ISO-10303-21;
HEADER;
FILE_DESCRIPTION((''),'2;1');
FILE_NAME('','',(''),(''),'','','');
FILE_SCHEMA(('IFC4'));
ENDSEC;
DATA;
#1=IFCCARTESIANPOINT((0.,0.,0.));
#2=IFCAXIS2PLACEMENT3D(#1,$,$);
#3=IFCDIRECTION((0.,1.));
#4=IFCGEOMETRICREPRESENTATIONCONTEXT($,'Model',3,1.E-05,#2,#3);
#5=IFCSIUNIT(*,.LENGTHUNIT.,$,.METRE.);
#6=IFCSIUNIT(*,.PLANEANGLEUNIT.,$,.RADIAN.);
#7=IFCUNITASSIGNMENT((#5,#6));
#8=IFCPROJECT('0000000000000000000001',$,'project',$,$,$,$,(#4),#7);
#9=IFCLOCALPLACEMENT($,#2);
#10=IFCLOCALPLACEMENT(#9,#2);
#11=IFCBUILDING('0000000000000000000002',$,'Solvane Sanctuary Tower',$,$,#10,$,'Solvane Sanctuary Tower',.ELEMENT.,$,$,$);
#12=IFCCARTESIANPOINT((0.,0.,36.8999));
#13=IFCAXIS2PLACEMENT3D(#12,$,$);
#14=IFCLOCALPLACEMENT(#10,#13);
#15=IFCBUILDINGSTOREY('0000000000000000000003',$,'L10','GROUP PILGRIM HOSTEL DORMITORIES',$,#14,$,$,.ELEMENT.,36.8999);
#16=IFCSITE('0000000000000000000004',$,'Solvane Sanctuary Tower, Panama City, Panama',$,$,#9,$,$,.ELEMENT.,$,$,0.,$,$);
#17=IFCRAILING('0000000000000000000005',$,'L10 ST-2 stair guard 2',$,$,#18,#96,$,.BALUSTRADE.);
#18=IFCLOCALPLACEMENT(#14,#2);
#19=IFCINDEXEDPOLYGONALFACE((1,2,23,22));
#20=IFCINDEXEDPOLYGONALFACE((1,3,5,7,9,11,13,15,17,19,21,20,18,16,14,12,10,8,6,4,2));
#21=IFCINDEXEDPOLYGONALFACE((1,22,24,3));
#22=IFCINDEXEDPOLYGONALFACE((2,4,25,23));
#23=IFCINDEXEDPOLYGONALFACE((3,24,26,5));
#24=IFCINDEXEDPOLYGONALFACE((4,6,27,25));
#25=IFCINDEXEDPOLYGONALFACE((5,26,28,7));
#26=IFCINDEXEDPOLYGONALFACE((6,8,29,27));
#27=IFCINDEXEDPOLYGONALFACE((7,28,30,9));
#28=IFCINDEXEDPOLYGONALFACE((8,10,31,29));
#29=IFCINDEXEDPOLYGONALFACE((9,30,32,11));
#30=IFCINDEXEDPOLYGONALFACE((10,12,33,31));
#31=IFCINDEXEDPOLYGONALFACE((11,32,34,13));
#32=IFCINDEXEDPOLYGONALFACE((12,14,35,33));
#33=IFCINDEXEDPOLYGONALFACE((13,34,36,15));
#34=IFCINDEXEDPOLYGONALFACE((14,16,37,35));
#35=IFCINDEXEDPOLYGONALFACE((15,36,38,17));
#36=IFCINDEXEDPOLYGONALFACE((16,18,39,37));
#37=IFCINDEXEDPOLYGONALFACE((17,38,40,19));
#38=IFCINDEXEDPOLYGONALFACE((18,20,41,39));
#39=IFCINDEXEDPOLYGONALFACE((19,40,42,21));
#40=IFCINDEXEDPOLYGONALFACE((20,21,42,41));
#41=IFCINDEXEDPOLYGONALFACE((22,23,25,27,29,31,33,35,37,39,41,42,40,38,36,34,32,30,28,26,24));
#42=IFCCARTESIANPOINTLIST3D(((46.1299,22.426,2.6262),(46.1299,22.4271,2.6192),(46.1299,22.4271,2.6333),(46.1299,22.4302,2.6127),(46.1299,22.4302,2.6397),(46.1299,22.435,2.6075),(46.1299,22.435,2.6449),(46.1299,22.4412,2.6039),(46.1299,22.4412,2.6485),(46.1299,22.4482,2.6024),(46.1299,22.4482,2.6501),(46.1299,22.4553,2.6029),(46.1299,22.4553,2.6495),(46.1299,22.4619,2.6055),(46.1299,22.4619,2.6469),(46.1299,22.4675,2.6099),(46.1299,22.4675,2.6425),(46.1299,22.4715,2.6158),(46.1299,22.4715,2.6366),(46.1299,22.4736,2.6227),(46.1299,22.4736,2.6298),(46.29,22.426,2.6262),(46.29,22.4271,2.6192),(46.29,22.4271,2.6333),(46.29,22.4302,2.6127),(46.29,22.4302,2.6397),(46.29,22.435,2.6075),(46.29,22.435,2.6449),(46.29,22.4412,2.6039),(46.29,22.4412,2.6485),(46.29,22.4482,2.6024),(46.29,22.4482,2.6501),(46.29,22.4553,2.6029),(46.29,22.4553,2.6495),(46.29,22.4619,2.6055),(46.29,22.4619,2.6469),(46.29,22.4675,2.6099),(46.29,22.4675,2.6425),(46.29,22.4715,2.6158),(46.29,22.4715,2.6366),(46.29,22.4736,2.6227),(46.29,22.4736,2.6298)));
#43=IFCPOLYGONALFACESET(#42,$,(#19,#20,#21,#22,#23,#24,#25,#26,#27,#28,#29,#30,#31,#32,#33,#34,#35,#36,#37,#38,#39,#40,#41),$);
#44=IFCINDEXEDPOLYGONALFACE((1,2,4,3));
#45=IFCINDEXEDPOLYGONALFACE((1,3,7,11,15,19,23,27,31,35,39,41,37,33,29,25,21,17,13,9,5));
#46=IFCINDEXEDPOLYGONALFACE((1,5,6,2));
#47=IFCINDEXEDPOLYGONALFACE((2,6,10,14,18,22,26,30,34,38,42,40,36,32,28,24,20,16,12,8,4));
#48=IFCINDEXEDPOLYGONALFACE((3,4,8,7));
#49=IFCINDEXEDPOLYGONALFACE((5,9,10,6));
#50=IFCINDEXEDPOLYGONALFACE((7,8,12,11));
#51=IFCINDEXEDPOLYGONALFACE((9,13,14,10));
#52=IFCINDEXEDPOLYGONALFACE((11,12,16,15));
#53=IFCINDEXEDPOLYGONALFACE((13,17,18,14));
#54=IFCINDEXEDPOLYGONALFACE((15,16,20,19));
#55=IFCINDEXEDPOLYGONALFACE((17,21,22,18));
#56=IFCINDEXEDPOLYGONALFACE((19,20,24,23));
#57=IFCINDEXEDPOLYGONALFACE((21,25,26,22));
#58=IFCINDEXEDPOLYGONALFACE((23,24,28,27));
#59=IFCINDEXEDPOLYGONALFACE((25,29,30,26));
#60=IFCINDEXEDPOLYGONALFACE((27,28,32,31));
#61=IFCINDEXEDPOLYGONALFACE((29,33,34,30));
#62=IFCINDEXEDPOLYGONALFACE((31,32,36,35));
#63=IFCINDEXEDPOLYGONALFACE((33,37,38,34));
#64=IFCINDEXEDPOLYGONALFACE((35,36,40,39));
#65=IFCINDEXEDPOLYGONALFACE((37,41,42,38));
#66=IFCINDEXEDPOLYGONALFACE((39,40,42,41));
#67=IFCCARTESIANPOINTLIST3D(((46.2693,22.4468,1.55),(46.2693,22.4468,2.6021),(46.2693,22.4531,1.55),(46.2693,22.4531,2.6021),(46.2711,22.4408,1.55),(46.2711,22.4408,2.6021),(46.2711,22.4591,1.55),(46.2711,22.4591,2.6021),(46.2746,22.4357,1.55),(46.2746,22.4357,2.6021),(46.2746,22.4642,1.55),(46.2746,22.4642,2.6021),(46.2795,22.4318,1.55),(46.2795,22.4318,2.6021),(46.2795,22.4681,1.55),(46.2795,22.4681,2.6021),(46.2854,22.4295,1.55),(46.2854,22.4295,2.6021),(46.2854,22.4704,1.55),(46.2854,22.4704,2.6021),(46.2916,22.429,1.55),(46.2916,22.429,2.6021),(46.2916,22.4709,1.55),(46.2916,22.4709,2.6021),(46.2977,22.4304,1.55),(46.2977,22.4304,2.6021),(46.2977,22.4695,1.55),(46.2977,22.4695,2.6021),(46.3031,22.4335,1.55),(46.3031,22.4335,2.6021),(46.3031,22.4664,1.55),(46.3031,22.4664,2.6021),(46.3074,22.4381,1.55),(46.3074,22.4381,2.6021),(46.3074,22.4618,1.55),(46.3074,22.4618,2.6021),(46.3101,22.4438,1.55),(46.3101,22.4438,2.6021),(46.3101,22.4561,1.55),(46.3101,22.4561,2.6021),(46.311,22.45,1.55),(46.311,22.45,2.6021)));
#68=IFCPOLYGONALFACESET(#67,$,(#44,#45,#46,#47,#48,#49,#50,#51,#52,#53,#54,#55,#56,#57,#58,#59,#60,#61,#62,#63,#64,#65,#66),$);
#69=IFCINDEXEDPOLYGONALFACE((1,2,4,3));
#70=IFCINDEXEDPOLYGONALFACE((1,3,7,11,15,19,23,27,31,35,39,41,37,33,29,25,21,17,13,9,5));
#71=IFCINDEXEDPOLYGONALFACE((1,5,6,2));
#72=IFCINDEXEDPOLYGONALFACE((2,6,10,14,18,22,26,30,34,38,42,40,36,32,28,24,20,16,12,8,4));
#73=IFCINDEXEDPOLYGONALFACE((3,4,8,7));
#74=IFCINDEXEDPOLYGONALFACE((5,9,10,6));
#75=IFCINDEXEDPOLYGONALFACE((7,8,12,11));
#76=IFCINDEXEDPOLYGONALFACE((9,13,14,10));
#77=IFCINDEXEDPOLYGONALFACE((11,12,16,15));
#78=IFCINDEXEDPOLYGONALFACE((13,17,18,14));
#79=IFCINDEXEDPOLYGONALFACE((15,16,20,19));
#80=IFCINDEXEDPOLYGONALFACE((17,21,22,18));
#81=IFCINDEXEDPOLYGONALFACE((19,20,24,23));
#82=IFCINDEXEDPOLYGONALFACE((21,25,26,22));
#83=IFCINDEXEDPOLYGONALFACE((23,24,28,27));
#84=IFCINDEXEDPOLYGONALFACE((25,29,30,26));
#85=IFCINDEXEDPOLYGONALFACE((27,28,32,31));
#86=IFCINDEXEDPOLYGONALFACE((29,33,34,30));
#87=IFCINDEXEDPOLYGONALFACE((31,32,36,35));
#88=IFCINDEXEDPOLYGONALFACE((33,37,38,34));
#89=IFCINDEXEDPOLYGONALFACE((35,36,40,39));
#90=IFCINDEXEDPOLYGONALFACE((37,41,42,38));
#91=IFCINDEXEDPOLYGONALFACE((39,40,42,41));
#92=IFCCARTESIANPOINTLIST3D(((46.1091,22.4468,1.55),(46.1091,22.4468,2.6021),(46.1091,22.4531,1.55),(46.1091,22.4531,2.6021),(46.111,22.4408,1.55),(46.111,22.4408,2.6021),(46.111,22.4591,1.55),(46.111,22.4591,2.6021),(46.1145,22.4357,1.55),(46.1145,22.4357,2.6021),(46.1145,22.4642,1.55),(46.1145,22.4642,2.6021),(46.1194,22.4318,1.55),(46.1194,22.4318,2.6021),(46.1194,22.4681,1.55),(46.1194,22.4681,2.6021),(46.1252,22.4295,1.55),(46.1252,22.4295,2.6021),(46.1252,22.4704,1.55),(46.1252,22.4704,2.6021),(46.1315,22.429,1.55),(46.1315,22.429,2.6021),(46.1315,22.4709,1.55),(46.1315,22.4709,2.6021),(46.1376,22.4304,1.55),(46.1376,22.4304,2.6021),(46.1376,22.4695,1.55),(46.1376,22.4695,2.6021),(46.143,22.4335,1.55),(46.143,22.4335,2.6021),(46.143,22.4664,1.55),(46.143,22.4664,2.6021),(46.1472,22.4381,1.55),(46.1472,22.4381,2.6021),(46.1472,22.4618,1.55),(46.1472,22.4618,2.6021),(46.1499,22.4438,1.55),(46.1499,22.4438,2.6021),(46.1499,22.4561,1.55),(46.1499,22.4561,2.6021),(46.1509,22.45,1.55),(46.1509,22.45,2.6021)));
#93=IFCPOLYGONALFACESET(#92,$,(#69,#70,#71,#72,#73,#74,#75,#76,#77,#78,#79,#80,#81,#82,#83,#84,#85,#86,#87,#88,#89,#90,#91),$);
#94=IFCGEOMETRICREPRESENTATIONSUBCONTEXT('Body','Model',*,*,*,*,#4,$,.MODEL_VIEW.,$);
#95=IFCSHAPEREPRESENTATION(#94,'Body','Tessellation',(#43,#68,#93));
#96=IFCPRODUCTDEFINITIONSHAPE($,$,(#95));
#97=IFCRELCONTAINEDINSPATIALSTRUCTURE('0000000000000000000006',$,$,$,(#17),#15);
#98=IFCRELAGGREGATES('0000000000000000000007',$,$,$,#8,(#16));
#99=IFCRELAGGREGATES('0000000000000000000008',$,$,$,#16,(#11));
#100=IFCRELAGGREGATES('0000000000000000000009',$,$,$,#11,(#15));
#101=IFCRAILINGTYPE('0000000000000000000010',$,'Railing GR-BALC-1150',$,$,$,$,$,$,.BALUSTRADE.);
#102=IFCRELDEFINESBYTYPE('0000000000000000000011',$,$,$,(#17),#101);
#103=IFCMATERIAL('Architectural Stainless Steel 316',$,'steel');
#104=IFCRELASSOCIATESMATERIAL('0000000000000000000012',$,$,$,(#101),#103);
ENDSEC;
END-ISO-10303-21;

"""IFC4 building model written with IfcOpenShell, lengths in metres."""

from ifc_helpers import new_model, si_unit, direction, frame, origin, origin_2d, place, context, subcontext, project, spatial, circle, extrude, material, type_object, element, save


model = new_model("IFC4")

# Units and contexts
model_context = context("Model", 3, precision=1e-05, world=origin(), true_north=direction((0.0, 1.0)))
body_context = subcontext(model_context, "Body", "Model", "MODEL_VIEW")
ifc_project = project(units=[si_unit("LENGTHUNIT", "METRE"), si_unit("PLANEANGLEUNIT", "RADIAN")], contexts=[model_context])

# Site, building, storey
site_placement = place(None, origin())
site = spatial("IfcSite", under=ifc_project, at=site_placement, Name="Solvane Sanctuary Tower, Panama City, Panama", CompositionType="ELEMENT", RefElevation=0.0)
building_placement = place(site_placement, origin())
building = spatial("IfcBuilding", under=site, at=building_placement, Name="Solvane Sanctuary Tower", LongName="Solvane Sanctuary Tower", CompositionType="ELEMENT")
storey_placement = place(building_placement, frame((0.0, 0.0, 36.8999)))
storey = spatial("IfcBuildingStorey", under=building, at=storey_placement, Name="L10", Description="GROUP PILGRIM HOSTEL DORMITORIES", CompositionType="ELEMENT", Elevation=36.8999)

# Shared definitions
ifc_material_1 = material(Name="Architectural Stainless Steel 316", Category="steel")

# Railing
railing_type_1 = type_object("IfcRailingType", Name="Railing GR-BALC-1150", PredefinedType="BALUSTRADE", material=ifc_material_1)
railing_1_placement = place(storey_placement, frame((46.29, 22.45, 1.55)))
element("IfcRailing", 1, at=railing_1_placement, inside=storey, type_object=railing_type_1, Name="L10 ST-2 stair guard 2", PredefinedType="BALUSTRADE", context=body_context, shape_type="SweptSolid", body=[
    extrude(circle(Radius=0.0239, at=origin_2d()), frame((0.0, 0.0, 1.0762), z_axis=(-1.0, 0.0, 0.0), x_axis=(0.0, -1.0, 0.0)), (0.0, 0.0, 1.0), 0.1602),
    extrude(circle(Radius=0.021, at=origin_2d()), origin(), (0.0, 0.0, 1.0), 1.052),
    extrude(circle(Radius=0.021, at=origin_2d()), frame((-0.1602, 0.0, 0.0)), (0.0, 0.0, 1.0), 1.052),
])

save(model, "model.ifc")
